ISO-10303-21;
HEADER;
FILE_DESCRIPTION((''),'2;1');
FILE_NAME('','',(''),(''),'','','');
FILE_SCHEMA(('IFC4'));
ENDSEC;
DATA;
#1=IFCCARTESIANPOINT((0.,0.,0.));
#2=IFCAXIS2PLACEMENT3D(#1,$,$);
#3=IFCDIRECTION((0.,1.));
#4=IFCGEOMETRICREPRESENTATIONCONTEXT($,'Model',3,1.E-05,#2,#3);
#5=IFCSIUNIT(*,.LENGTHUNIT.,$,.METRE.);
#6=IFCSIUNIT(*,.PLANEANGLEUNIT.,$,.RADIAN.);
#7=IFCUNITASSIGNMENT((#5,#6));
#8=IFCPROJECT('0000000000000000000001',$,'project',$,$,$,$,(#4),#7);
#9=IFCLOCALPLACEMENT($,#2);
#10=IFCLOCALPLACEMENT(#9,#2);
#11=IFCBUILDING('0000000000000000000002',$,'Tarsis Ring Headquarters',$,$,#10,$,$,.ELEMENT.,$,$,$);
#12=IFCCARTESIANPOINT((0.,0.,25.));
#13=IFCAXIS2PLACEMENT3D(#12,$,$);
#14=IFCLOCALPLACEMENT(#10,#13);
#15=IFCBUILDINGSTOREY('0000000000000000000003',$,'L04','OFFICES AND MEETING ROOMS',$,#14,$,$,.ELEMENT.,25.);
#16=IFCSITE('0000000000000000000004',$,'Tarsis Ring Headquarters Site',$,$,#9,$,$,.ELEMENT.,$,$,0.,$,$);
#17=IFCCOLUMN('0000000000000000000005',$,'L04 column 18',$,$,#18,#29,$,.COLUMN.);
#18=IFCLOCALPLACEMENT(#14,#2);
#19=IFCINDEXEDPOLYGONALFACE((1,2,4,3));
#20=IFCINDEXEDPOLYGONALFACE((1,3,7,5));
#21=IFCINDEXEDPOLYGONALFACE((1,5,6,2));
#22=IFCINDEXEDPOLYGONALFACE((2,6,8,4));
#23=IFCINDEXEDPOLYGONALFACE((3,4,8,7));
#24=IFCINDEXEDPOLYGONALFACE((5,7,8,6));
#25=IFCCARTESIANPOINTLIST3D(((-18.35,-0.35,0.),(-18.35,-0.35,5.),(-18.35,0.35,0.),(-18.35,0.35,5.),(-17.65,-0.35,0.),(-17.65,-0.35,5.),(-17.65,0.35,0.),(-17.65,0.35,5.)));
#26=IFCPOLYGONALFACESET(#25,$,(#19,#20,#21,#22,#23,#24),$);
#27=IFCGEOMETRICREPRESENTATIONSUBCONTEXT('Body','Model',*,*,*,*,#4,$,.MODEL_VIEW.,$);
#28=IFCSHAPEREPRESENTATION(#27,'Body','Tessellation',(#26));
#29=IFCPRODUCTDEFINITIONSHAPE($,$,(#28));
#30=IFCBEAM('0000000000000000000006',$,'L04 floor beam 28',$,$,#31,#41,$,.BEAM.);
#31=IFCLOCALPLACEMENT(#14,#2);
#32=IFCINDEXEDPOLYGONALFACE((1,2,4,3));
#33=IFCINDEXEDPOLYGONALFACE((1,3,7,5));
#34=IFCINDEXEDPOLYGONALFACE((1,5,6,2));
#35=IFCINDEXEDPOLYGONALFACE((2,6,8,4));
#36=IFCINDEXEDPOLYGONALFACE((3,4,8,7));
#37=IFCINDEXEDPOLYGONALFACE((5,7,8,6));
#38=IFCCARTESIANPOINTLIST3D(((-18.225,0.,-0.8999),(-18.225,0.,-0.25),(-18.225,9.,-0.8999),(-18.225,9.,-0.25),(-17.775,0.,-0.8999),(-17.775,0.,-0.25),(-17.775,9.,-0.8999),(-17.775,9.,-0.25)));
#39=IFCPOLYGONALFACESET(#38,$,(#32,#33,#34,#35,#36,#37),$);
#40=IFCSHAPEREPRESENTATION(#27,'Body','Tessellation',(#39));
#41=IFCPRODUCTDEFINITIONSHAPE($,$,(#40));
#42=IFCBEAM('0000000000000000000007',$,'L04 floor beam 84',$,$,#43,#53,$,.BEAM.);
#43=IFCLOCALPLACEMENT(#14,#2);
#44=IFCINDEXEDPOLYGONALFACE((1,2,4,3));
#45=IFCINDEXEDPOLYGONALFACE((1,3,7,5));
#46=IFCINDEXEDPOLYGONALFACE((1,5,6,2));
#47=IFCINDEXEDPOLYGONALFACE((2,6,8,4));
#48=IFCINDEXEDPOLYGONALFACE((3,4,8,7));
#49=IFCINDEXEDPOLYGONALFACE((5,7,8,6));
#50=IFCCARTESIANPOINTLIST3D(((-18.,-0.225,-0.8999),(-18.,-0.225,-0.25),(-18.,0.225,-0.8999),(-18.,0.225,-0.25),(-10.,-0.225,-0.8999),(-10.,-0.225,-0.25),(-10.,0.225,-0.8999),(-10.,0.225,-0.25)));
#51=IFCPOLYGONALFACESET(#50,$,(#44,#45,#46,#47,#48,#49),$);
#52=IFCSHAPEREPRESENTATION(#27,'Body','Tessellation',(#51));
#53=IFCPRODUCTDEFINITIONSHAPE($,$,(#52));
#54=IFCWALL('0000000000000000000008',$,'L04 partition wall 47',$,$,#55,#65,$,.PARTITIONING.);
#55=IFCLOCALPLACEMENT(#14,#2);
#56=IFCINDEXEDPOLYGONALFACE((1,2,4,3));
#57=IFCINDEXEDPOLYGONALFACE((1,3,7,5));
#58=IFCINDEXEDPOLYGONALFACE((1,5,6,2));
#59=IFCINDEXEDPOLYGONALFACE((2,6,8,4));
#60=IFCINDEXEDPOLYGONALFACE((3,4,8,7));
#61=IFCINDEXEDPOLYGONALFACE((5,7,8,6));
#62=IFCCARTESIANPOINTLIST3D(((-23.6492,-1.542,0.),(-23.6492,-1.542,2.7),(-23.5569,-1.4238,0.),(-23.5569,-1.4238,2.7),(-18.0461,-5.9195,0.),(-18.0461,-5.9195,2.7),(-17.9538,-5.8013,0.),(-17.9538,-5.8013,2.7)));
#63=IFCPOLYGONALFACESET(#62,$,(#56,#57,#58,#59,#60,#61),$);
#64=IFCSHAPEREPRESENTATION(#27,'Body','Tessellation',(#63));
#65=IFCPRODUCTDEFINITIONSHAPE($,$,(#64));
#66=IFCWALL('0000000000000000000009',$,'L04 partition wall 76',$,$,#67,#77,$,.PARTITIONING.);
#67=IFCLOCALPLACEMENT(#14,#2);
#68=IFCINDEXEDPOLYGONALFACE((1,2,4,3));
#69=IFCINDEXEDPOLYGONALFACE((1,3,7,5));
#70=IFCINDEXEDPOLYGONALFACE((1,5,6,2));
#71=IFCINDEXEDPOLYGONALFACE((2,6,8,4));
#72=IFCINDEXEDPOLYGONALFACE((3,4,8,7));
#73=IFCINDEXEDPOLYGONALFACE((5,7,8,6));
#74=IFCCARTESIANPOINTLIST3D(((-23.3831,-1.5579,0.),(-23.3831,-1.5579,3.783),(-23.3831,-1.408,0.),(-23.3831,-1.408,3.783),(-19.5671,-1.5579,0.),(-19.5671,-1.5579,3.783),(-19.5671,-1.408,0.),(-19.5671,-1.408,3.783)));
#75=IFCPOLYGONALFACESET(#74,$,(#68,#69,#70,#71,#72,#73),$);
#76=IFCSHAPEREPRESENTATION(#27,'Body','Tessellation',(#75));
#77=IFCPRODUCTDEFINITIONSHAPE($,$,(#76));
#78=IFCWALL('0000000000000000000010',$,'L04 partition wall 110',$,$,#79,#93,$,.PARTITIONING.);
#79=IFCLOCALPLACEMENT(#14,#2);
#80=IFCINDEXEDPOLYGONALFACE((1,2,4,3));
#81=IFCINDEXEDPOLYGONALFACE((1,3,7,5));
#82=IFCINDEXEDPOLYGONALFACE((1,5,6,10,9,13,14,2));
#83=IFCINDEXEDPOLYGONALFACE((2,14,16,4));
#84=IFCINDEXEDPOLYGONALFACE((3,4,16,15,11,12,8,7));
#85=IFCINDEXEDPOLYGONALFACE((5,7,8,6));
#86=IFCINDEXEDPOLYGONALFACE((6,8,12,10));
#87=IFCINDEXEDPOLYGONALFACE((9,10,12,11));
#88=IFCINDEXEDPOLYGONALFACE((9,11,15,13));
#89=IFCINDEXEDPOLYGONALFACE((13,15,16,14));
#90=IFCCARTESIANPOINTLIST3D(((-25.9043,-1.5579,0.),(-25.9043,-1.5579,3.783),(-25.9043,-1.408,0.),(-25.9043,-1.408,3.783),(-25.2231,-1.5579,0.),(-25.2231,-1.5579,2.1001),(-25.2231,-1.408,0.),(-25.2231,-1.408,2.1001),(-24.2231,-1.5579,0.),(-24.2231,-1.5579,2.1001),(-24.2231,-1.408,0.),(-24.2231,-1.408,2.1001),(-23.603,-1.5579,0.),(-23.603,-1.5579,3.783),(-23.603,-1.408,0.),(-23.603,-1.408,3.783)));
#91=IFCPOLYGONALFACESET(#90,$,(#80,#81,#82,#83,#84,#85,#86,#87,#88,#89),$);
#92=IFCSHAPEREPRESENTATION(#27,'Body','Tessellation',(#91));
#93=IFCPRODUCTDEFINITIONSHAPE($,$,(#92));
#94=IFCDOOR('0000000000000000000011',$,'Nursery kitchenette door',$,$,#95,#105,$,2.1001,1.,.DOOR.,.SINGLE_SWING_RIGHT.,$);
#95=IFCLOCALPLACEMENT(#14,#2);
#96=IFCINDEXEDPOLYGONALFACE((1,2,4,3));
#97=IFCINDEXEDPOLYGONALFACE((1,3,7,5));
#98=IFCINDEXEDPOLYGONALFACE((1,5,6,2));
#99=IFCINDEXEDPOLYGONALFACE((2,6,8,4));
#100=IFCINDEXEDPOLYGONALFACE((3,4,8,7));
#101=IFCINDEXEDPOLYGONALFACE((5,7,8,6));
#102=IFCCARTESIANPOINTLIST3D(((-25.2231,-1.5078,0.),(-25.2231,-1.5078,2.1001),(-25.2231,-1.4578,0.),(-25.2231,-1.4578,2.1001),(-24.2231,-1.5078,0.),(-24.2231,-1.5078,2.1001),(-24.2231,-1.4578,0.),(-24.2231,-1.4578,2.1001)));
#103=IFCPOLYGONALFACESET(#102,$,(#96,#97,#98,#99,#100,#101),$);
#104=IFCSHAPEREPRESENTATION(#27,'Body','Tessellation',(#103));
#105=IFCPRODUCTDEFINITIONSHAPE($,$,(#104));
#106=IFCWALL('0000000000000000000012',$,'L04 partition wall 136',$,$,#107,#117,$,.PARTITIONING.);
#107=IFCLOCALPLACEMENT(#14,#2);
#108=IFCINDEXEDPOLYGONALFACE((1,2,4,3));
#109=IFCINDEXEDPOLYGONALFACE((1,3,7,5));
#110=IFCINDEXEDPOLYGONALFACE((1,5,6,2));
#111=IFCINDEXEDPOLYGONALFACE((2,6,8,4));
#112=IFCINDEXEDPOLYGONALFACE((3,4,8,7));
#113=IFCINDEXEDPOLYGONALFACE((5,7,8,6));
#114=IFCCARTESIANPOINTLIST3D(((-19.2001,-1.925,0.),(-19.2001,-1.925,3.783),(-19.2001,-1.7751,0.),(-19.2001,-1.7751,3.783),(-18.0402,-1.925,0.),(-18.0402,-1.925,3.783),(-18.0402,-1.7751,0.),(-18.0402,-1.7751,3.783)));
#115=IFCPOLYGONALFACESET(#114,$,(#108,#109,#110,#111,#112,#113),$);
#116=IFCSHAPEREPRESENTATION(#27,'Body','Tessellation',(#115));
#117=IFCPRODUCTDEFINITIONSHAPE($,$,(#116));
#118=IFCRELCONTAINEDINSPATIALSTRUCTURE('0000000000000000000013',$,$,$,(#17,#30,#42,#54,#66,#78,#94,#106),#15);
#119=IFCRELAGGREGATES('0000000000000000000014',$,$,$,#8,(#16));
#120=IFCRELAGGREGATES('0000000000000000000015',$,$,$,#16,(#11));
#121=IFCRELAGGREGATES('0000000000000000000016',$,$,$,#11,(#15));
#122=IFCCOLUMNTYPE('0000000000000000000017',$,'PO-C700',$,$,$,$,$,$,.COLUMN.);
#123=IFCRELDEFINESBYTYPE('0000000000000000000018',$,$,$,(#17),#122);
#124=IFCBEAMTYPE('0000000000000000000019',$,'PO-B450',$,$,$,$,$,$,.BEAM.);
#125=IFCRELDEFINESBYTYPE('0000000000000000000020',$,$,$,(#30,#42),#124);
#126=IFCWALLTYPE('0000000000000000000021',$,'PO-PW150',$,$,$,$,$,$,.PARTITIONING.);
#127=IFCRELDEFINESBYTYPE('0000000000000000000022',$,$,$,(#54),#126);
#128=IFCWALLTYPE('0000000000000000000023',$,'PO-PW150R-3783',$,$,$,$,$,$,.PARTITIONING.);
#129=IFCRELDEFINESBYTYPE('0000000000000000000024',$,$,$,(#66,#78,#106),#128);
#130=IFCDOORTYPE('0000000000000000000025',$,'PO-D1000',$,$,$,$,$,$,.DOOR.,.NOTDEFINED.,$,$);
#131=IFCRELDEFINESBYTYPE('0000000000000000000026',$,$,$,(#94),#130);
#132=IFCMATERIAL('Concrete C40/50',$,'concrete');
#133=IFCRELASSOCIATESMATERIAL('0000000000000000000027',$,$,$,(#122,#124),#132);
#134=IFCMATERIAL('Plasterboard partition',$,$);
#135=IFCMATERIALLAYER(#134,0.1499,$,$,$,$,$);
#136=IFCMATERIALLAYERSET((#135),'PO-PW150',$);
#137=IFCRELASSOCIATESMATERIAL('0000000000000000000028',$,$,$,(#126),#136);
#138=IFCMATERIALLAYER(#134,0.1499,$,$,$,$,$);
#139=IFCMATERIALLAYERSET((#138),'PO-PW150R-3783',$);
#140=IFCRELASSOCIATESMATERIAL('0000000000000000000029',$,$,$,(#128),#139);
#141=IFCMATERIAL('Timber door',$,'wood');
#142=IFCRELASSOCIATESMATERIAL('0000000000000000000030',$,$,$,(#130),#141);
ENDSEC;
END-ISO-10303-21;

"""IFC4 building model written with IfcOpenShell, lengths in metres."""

from ifc_helpers import new_model, si_unit, direction, frame, frame_2d, origin, origin_2d, place, context, subcontext, project, spatial, rectangle, extrude, material, layer, layer_set, material_profile, profile_set, type_object, element, fill, save


model = new_model("IFC4")

# Units and contexts
model_context = context("Model", 3, precision=1e-05, world=origin(), true_north=direction((0.0, 1.0)))
body_context = subcontext(model_context, "Body", "Model", "MODEL_VIEW")
ifc_project = project(units=[si_unit("LENGTHUNIT", "METRE"), si_unit("PLANEANGLEUNIT", "RADIAN")], contexts=[model_context])

# Site, building, storey
site_placement = place(None, origin())
site = spatial("IfcSite", under=ifc_project, at=site_placement, Name="Tarsis Ring Headquarters Site", CompositionType="ELEMENT", RefElevation=0.0)
building_placement = place(site_placement, origin())
building = spatial("IfcBuilding", under=site, at=building_placement, Name="Tarsis Ring Headquarters", CompositionType="ELEMENT")
storey_placement = place(building_placement, frame((0.0, 0.0, 25.0)))
storey = spatial("IfcBuildingStorey", under=building, at=storey_placement, Name="L04", Description="OFFICES AND MEETING ROOMS", CompositionType="ELEMENT", Elevation=25.0)

# Column
ifc_material_1 = material(Name="Concrete C40/50", Category="concrete")
ifc_material_profile_1 = material_profile(ifc_material_1, rectangle(XDim=0.7, YDim=0.7, at=origin_2d()), Name="PO-C700")
ifc_profile_set_1 = profile_set([ifc_material_profile_1], Name="Concrete C40/50")
column_type = type_object("IfcColumnType", Name="PO-C700", PredefinedType="COLUMN", material=ifc_profile_set_1)
column_placement = place(storey_placement, frame((-18.0, 0.0, 0.0), z_axis=(0.0, 0.0, 1.0), x_axis=(1.0, 0.0, 0.0)))
element("IfcColumn", 1, at=column_placement, inside=storey, type_object=column_type, Name="L04 column 18", PredefinedType="COLUMN", context=body_context, shape_type="SweptSolid", body=[
    extrude(rectangle(XDim=0.7, YDim=0.7, at=origin_2d()), origin(), (0.0, 0.0, 1.0), 5.0),
])

# Beams
ifc_material_profile_2 = material_profile(ifc_material_1, rectangle(XDim=0.45, YDim=0.6499, at=origin_2d()), Name="PO-B450")
ifc_profile_set_2 = profile_set([ifc_material_profile_2], Name="Concrete C40/50")
beam_type = type_object("IfcBeamType", Name="PO-B450", PredefinedType="BEAM", material=ifc_profile_set_2)
beam_1_placement = place(storey_placement, frame((-18.0, 0.0, -0.575), z_axis=(0.0, 1.0, 0.0), x_axis=(-1.0, 0.0, 0.0)))
element("IfcBeam", 2, at=beam_1_placement, inside=storey, type_object=beam_type, Name="L04 floor beam 28", PredefinedType="BEAM", context=body_context, shape_type="SweptSolid", body=[
    extrude(rectangle(XDim=0.45, YDim=0.6499, at=origin_2d()), origin(), (0.0, 0.0, 1.0), 9.0),
])
beam_2_placement = place(storey_placement, frame((-18.0, 0.0, -0.575), z_axis=(1.0, 0.0, 0.0), x_axis=(0.0, 1.0, 0.0)))
element("IfcBeam", 3, at=beam_2_placement, inside=storey, type_object=beam_type, Name="L04 floor beam 84", PredefinedType="BEAM", context=body_context, shape_type="SweptSolid", body=[
    extrude(rectangle(XDim=0.45, YDim=0.6499, at=origin_2d()), origin(), (0.0, 0.0, 1.0), 8.0),
])

# Walls
ifc_material_2 = material(Name="Plasterboard partition")
ifc_layer_1 = layer(ifc_material_2, 0.1499)
ifc_layer_set_1 = layer_set([ifc_layer_1], Name="PO-PW150")
wall_type_1 = type_object("IfcWallType", Name="PO-PW150", PredefinedType="PARTITIONING", material=ifc_layer_set_1)
wall_1_placement = place(storey_placement, frame((-23.603, -1.4829, 0.0), z_axis=(0.0, 0.0, 1.0), x_axis=(0.788019, -0.615651, 0.0)))
element("IfcWall", 4, at=wall_1_placement, inside=storey, type_object=wall_type_1, Name="L04 partition wall 47", PredefinedType="PARTITIONING", context=body_context, shape_type="SweptSolid", body=[
    extrude(rectangle(XDim=7.1104, YDim=0.1499, at=frame_2d((3.5552, 0.0))), origin(), (0.0, 0.0, 1.0), 2.7),
])
ifc_layer_2 = layer(ifc_material_2, 0.1499)
ifc_layer_set_2 = layer_set([ifc_layer_2], Name="PO-PW150R-3783")
wall_type_2 = type_object("IfcWallType", Name="PO-PW150R-3783", PredefinedType="PARTITIONING", material=ifc_layer_set_2)
wall_2_placement = place(storey_placement, frame((-19.5671, -1.4829, 0.0), z_axis=(0.0, 0.0, 1.0), x_axis=(-1.0, 0.0, 0.0)))
element("IfcWall", 5, at=wall_2_placement, inside=storey, type_object=wall_type_2, Name="L04 partition wall 76", PredefinedType="PARTITIONING", context=body_context, shape_type="SweptSolid", body=[
    extrude(rectangle(XDim=3.8159, YDim=0.1499, at=frame_2d((1.908, 0.0))), origin(), (0.0, 0.0, 1.0), 3.783),
])

# Wall, opening, door
wall_3_placement = place(storey_placement, frame((-23.603, -1.4829, 0.0), z_axis=(0.0, 0.0, 1.0), x_axis=(-1.0, 0.0, 0.0)))
wall_3 = element("IfcWall", 6, at=wall_3_placement, inside=storey, type_object=wall_type_2, Name="L04 partition wall 110", PredefinedType="PARTITIONING", context=body_context, shape_type="SweptSolid", body=[
    extrude(rectangle(XDim=2.3013, YDim=0.1499, at=frame_2d((1.1506, 0.0))), origin(), (0.0, 0.0, 1.0), 3.783),
])
opening_1_placement = place(wall_3_placement, frame((0.6201, 0.0, 0.0)))
opening_1 = element("IfcOpeningElement", 7, at=opening_1_placement, cuts=wall_3, PredefinedType="OPENING", context=body_context, shape_type="SweptSolid", body=[
    extrude(rectangle(XDim=1.0, YDim=2.1001, at=frame_2d((0.5, 1.05))), frame((0.0, 0.085, 0.0), z_axis=(0.0, -1.0, 0.0), x_axis=(1.0, 0.0, 0.0)), (0.0, 0.0, 1.0), 0.1699),
])
ifc_material_3 = material(Name="Timber door", Category="wood")
door_type_1 = type_object("IfcDoorType", Name="PO-D1000", OperationType="NOTDEFINED", PredefinedType="DOOR", material=ifc_material_3)
door_1_placement = place(opening_1_placement, origin())
door_1 = element("IfcDoor", 8, at=door_1_placement, inside=storey, type_object=door_type_1, Name="Nursery kitchenette door", OperationType="SINGLE_SWING_RIGHT", OverallHeight=2.1001, OverallWidth=1.0, PredefinedType="DOOR", context=body_context, shape_type="SweptSolid", body=[
    extrude(rectangle(XDim=1.0, YDim=2.1001, at=frame_2d((0.5, 1.05))), frame((0.0, 0.0249, 0.0), z_axis=(0.0, -1.0, 0.0), x_axis=(1.0, 0.0, 0.0)), (0.0, 0.0, 1.0), 0.05),
])
fill(opening_1, door_1)

# Wall
wall_4_placement = place(storey_placement, frame((-18.04, -1.8501, 0.0), z_axis=(0.0, 0.0, 1.0), x_axis=(-1.0, 0.0, 0.0)))
element("IfcWall", 9, at=wall_4_placement, inside=storey, type_object=wall_type_2, Name="L04 partition wall 136", PredefinedType="PARTITIONING", context=body_context, shape_type="SweptSolid", body=[
    extrude(rectangle(XDim=1.1599, YDim=0.1499, at=frame_2d((0.5801, 0.0))), origin(), (0.0, 0.0, 1.0), 3.783),
])

save(model, "model.ifc")
